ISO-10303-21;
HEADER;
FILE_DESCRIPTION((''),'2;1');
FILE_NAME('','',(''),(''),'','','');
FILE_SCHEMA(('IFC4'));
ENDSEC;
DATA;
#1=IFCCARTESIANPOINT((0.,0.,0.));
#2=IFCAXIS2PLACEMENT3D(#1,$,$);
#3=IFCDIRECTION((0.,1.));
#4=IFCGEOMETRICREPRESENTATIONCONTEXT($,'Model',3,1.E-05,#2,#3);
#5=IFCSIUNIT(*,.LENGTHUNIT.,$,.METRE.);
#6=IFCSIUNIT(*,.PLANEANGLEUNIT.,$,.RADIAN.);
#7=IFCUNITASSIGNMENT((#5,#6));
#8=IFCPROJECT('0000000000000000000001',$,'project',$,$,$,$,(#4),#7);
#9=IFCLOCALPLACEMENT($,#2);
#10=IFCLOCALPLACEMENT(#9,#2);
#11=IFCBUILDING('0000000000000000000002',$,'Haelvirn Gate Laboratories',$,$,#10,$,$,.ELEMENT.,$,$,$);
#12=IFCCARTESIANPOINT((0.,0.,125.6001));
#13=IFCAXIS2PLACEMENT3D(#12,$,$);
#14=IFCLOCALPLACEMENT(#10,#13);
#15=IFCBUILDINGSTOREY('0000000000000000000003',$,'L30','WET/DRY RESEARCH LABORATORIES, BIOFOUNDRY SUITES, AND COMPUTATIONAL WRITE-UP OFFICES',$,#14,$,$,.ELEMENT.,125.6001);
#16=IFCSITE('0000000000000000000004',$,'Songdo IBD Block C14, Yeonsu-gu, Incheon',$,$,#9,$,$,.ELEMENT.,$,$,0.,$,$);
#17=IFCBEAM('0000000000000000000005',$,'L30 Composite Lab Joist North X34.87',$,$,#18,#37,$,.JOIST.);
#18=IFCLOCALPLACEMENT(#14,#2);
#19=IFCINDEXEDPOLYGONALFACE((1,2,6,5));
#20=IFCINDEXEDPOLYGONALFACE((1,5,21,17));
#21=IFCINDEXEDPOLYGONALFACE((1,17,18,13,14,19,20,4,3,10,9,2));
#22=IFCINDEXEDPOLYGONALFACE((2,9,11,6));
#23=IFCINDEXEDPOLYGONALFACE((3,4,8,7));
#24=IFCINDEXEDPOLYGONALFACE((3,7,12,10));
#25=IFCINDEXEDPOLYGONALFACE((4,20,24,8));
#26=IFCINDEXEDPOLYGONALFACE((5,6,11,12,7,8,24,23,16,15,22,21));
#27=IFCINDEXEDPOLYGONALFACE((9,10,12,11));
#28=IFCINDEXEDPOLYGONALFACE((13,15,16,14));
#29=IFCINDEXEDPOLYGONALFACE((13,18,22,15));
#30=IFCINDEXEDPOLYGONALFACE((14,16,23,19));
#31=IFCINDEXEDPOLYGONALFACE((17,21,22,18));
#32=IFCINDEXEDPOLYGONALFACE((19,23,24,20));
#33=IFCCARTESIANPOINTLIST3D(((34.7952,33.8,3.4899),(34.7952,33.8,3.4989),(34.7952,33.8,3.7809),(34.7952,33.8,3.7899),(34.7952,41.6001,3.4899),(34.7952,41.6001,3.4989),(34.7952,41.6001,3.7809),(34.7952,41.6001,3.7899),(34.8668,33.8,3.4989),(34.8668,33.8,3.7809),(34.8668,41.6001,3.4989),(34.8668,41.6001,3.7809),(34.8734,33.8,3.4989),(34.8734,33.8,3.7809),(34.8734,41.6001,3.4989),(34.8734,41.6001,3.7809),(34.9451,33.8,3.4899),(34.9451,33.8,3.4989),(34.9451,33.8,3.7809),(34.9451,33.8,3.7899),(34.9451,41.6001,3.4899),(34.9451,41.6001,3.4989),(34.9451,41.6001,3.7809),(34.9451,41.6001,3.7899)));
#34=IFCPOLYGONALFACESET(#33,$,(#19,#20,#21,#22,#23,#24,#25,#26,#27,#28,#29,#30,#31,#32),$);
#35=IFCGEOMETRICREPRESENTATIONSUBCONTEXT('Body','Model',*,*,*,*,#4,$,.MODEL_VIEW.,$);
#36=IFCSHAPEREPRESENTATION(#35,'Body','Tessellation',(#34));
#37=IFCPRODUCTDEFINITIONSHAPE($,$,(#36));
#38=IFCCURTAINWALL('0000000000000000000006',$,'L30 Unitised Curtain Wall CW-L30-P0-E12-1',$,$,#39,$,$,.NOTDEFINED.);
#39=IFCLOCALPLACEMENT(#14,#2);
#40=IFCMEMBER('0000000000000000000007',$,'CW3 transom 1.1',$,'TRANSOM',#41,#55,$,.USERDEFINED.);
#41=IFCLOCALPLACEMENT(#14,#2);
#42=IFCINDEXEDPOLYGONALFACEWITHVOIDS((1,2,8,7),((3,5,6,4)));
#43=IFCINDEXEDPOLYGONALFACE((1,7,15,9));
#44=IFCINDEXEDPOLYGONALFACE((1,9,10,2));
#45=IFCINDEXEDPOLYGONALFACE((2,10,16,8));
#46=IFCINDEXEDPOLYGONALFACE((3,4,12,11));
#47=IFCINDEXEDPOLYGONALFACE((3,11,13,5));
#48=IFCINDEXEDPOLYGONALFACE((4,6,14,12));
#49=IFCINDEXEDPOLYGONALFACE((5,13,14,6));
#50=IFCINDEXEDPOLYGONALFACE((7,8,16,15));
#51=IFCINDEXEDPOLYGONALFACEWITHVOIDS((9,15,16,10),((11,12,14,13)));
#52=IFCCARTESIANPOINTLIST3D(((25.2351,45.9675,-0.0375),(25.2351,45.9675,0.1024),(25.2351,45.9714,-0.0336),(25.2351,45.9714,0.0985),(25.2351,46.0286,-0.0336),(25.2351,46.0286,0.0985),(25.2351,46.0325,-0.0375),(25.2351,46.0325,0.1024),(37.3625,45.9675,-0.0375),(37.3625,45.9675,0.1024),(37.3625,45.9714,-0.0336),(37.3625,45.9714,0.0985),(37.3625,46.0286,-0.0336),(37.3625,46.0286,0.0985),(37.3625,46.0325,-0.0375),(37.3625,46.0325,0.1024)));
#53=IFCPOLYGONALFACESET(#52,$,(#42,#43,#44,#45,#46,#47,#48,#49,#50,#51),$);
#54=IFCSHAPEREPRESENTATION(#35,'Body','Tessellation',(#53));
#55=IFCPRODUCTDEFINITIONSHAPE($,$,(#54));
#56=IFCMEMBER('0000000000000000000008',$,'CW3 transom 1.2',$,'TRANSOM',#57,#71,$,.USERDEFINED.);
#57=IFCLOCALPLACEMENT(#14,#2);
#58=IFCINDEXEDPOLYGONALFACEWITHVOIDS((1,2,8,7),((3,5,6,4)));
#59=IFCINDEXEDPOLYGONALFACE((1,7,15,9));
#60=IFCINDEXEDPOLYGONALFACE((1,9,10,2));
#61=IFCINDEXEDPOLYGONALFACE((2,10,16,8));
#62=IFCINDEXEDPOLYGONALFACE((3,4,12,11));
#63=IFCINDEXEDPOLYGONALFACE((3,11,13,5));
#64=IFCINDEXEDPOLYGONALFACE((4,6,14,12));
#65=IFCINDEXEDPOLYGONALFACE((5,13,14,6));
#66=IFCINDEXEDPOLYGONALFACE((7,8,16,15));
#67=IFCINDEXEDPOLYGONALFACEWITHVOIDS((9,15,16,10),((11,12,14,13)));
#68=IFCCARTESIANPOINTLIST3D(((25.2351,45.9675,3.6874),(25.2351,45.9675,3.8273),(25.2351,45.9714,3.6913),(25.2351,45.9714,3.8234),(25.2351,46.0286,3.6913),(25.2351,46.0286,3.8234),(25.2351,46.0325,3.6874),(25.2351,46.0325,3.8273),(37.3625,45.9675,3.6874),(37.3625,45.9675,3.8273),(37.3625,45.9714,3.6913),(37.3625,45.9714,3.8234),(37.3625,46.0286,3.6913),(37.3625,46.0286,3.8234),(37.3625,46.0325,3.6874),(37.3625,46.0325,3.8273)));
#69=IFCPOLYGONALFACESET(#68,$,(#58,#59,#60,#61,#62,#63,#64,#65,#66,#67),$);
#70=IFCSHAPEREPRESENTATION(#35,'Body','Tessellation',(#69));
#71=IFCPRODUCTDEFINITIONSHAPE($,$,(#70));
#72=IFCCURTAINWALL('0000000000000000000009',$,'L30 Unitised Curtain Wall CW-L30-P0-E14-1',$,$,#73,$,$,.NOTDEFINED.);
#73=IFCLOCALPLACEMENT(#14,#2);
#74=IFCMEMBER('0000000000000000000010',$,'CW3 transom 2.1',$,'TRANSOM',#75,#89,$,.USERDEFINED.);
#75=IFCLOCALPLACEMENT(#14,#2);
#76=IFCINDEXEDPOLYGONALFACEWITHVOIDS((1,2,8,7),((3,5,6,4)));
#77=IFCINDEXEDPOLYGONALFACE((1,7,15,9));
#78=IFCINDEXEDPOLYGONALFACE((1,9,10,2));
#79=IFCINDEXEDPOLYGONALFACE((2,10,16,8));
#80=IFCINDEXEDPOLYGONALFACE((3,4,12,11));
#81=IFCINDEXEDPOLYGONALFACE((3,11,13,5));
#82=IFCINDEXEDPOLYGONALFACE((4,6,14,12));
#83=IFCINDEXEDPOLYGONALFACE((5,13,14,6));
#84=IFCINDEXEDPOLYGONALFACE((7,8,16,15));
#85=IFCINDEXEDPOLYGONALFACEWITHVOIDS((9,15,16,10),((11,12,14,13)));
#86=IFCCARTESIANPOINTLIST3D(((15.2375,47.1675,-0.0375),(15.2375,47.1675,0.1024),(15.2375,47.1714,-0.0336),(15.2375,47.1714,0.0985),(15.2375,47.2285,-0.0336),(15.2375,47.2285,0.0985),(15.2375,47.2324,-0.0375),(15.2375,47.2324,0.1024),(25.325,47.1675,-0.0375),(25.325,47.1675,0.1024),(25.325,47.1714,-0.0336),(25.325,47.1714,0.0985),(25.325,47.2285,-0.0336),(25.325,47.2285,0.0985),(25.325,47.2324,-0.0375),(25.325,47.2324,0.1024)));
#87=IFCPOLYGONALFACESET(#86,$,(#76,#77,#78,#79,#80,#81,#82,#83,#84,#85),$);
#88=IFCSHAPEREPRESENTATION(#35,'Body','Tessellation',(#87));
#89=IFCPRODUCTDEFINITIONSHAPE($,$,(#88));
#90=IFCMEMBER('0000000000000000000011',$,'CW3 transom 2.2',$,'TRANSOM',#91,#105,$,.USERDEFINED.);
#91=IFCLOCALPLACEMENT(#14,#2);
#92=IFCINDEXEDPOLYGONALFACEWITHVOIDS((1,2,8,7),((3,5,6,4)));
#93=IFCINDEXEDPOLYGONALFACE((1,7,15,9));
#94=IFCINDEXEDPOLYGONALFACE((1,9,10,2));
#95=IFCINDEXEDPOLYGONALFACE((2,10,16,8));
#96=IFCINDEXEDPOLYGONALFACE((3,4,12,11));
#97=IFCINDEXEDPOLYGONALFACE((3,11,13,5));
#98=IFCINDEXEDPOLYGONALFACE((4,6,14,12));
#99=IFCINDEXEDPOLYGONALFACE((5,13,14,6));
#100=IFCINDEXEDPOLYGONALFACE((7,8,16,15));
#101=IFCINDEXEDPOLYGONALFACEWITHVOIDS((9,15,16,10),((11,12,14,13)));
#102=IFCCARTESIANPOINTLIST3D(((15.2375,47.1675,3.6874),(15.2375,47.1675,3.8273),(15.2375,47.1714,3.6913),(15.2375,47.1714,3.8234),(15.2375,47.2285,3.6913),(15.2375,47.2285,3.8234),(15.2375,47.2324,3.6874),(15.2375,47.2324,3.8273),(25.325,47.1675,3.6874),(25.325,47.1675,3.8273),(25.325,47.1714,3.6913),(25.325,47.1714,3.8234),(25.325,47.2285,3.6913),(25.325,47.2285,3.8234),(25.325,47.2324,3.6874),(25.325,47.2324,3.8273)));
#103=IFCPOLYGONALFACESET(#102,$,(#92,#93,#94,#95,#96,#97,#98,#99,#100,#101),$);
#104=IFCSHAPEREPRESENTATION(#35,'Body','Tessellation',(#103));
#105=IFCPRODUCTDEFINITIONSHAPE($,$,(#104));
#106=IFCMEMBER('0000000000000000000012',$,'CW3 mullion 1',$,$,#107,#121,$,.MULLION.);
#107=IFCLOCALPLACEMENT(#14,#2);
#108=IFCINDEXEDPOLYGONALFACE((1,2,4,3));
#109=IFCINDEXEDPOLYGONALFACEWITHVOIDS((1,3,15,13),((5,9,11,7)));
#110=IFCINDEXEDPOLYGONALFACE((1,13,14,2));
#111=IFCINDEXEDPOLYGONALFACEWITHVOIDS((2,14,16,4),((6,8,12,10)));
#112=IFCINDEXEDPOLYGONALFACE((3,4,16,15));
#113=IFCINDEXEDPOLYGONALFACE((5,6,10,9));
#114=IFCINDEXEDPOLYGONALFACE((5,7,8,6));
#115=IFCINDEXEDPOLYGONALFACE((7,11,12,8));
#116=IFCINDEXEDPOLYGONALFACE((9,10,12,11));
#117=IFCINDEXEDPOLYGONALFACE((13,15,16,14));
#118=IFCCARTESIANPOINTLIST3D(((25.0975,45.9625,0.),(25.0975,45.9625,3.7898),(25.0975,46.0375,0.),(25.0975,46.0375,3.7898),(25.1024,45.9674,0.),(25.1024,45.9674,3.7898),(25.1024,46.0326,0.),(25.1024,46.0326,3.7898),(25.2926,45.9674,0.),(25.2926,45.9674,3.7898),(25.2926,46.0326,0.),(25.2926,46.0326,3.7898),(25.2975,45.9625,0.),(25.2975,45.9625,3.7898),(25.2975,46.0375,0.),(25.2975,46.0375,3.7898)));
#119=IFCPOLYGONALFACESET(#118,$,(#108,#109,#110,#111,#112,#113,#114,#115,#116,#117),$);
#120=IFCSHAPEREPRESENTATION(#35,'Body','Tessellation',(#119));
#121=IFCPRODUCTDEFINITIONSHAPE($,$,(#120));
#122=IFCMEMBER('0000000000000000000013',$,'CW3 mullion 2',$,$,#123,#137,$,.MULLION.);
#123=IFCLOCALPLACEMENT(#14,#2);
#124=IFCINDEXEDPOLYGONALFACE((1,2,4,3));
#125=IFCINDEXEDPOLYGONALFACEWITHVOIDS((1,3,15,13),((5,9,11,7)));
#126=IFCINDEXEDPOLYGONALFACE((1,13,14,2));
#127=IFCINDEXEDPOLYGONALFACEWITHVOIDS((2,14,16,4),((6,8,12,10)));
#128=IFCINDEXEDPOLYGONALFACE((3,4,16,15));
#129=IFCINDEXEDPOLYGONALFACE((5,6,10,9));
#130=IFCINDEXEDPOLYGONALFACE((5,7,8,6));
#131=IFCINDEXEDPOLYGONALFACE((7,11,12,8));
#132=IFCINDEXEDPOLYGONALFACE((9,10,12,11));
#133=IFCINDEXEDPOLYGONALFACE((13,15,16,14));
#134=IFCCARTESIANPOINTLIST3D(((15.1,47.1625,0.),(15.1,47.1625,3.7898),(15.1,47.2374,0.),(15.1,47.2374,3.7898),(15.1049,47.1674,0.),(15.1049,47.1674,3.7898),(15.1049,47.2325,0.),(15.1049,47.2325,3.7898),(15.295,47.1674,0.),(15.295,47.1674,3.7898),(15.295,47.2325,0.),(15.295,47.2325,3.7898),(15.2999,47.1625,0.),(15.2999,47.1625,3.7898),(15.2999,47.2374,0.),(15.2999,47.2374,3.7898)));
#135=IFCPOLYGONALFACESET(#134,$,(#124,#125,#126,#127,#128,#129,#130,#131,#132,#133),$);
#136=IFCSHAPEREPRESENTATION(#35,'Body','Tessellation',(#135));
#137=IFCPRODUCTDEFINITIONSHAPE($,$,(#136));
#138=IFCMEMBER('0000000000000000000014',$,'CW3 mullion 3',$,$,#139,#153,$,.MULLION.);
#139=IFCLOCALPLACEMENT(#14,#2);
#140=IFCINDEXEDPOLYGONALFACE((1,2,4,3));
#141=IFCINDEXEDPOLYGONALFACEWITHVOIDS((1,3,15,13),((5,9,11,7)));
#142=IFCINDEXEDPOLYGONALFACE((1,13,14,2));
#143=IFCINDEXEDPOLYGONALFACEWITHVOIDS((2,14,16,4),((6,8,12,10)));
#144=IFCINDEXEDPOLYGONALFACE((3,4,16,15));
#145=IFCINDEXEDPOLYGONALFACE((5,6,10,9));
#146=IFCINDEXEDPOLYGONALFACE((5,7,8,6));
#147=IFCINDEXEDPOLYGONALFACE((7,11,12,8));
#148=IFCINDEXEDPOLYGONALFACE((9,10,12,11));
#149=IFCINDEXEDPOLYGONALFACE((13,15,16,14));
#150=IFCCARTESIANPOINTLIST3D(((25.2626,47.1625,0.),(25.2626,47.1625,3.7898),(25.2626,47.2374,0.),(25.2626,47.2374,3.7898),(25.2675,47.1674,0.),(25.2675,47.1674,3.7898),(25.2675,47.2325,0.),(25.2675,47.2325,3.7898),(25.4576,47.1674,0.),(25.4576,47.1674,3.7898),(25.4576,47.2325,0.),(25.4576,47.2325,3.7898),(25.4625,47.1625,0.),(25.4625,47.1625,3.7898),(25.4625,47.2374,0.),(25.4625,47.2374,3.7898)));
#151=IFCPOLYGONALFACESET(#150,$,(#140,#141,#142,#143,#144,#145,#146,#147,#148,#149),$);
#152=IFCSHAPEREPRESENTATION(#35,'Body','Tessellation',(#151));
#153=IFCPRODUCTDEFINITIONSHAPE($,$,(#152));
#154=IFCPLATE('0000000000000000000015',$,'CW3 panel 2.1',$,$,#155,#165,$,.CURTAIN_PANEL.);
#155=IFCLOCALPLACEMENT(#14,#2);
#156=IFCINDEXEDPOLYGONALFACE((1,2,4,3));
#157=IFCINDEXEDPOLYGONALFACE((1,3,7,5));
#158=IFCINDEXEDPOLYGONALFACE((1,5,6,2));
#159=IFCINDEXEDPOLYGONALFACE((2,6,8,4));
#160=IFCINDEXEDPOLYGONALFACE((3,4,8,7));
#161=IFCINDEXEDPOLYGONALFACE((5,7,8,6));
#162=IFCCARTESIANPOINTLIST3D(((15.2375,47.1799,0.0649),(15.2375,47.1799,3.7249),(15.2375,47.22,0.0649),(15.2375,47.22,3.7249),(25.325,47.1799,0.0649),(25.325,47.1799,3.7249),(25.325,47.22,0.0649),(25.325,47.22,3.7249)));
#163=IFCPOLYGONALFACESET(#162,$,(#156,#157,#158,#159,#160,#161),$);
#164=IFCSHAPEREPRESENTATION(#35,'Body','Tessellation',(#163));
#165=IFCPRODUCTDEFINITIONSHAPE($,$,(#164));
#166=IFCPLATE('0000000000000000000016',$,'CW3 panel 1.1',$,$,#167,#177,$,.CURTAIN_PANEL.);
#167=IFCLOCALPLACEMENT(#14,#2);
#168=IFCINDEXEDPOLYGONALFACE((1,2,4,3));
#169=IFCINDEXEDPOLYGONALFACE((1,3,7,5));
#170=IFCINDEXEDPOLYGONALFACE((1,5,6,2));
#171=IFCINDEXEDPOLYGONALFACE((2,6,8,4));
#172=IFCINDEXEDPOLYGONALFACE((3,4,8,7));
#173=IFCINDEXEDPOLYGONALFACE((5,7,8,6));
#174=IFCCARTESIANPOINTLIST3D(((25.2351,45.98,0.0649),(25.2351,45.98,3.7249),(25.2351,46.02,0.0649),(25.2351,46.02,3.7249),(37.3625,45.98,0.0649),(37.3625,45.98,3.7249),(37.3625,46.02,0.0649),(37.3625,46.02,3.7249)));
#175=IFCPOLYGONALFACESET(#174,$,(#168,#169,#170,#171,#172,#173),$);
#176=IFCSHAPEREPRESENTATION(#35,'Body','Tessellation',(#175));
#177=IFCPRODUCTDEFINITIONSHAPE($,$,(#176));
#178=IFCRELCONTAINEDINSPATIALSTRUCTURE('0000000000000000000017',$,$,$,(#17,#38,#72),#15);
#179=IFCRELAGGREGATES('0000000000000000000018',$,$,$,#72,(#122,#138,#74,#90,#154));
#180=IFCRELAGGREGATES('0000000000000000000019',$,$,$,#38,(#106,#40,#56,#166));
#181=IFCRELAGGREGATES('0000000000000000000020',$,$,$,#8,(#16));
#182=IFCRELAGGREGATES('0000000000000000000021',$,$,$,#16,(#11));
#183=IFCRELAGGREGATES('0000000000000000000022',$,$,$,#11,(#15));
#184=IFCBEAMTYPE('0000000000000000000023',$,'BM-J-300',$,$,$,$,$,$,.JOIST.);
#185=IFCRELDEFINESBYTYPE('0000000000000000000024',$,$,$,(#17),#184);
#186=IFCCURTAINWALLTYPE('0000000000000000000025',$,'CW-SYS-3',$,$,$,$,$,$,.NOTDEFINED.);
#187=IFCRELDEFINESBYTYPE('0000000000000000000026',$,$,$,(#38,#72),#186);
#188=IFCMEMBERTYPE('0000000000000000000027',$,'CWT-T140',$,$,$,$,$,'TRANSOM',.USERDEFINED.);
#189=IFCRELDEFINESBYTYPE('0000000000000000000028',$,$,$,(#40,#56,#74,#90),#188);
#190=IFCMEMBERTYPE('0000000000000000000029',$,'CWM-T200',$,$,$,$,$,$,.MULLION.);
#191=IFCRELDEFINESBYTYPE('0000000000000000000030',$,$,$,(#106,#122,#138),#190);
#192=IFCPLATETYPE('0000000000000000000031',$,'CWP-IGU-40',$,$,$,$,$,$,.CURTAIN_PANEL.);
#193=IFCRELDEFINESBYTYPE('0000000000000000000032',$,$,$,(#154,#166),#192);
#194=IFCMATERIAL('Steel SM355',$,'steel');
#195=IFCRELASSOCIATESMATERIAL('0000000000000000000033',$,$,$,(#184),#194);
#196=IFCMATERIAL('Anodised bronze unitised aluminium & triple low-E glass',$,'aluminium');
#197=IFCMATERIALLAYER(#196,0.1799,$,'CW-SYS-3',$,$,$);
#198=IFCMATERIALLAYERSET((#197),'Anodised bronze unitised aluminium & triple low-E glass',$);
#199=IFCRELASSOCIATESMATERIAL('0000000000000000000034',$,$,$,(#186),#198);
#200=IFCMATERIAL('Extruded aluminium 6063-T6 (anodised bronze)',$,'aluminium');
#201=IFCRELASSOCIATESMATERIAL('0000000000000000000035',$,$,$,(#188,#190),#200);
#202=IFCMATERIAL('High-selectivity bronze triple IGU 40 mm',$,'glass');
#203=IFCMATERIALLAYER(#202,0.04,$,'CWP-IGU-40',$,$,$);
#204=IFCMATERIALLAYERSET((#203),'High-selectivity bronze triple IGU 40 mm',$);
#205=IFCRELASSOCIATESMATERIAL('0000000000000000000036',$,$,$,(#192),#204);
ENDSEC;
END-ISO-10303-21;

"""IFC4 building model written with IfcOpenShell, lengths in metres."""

from ifc_helpers import new_model, si_unit, direction, frame, origin, origin_2d, place, context, subcontext, project, spatial, rectangle, hollow_rectangle, i_section, extrude, source, transform, mapped, material, layer, layer_set, material_profile, profile_set, type_object, type_shapes, element, aggregate, save


model = new_model("IFC4")

# Units and contexts
model_context = context("Model", 3, precision=1e-05, world=origin(), true_north=direction((0.0, 1.0)))
body_context = subcontext(model_context, "Body", "Model", "MODEL_VIEW")
ifc_project = project(units=[si_unit("LENGTHUNIT", "METRE"), si_unit("PLANEANGLEUNIT", "RADIAN")], contexts=[model_context])

# Site, building, storey
site_placement = place(None, origin())
site = spatial("IfcSite", under=ifc_project, at=site_placement, Name="Songdo IBD Block C14, Yeonsu-gu, Incheon", CompositionType="ELEMENT", RefElevation=0.0)
building_placement = place(site_placement, origin())
building = spatial("IfcBuilding", under=site, at=building_placement, Name="Haelvirn Gate Laboratories", CompositionType="ELEMENT")
storey_placement = place(building_placement, frame((0.0, 0.0, 125.6001)))
storey = spatial("IfcBuildingStorey", under=building, at=storey_placement, Name="L30", Description="WET/DRY RESEARCH LABORATORIES, BIOFOUNDRY SUITES, AND COMPUTATIONAL WRITE-UP OFFICES", CompositionType="ELEMENT", Elevation=125.6001)

# Shared definitions
ifc_material_1 = material(Name="Steel SM355", Category="steel")

# Beam
ifc_material_profile_1 = material_profile(ifc_material_1, i_section(OverallWidth=0.1499, OverallDepth=0.3, WebThickness=0.0066, FlangeThickness=0.009, at=origin_2d()), Name="H-300x150x6.5x9")
ifc_profile_set_1 = profile_set([ifc_material_profile_1], Name="Steel SM355")
beam_type_1 = type_object("IfcBeamType", Name="BM-J-300", PredefinedType="JOIST", material=ifc_profile_set_1)
shared_shape_1 = source(origin(), body_context, "Body", "SweptSolid", [
    extrude(i_section(OverallWidth=0.1499, OverallDepth=0.3, WebThickness=0.0066, FlangeThickness=0.009, at=origin_2d()), origin(), (0.0, 0.0, 1.0), 7.8),
])
type_shapes(beam_type_1, [shared_shape_1])
for number, where, z_axis, x_axis, name in (
    (1, (34.8701, 33.8, 3.6399), (0.0, 1.0, 0.0), (-1.0, 0.0, 0.0), "L30 Composite Lab Joist North X34.87"),
):
    element("IfcBeam", number, at=place(storey_placement, frame(where, z_axis=z_axis, x_axis=x_axis)), inside=storey, type_object=beam_type_1, Name=name, PredefinedType="JOIST", context=body_context, shape_type="MappedRepresentation", body=[
        mapped(shared_shape_1, transform((0.0, 0.0, 0.0), scale=1.0)),
    ])

# Curtain walls, members
ifc_material_2 = material(Name="Anodised bronze unitised aluminium & triple low-E glass", Category="aluminium")
ifc_layer_1 = layer(ifc_material_2, 0.1799, Name="CW-SYS-3")
ifc_layer_set_1 = layer_set([ifc_layer_1], Name="Anodised bronze unitised aluminium & triple low-E glass")
curtain_wall_type = type_object("IfcCurtainWallType", Name="CW-SYS-3", PredefinedType="NOTDEFINED", material=ifc_layer_set_1)
curtain_wall_1_placement = place(storey_placement, origin())
curtain_wall_1 = element("IfcCurtainWall", 2, at=curtain_wall_1_placement, inside=storey, type_object=curtain_wall_type, Name="L30 Unitised Curtain Wall CW-L30-P0-E12-1", PredefinedType="NOTDEFINED")
ifc_material_3 = material(Name="Extruded aluminium 6063-T6 (anodised bronze)", Category="aluminium")
ifc_material_profile_2 = material_profile(ifc_material_3, hollow_rectangle(XDim=0.0649, YDim=0.1399, WallThickness=0.0039, at=origin_2d()), Name="CWT-140x65x4")
ifc_profile_set_2 = profile_set([ifc_material_profile_2], Name="Extruded aluminium 6063-T6 (anodised bronze)")
member_type_1 = type_object("IfcMemberType", Name="CWT-T140", ElementType="TRANSOM", PredefinedType="USERDEFINED", material=ifc_profile_set_2)
shared_shape_2 = source(origin(), body_context, "Body", "SweptSolid", [
    extrude(hollow_rectangle(XDim=0.0649, YDim=0.1399, WallThickness=0.0039, at=origin_2d()), origin(), (0.0, 0.0, 1.0), 12.1274),
])
member_1_placement = place(storey_placement, frame((25.2351, 46.0, 0.0325), z_axis=(1.0, 0.0, 0.0), x_axis=(0.0, 1.0, 0.0)))
member_1 = element("IfcMember", 3, at=member_1_placement, type_object=member_type_1, Name="CW3 transom 1.1", ObjectType="TRANSOM", PredefinedType="USERDEFINED", context=body_context, shape_type="MappedRepresentation", body=[
    mapped(shared_shape_2, transform((0.0, 0.0, 0.0), scale=1.0)),
])
member_2_placement = place(storey_placement, frame((25.2351, 46.0, 3.7573), z_axis=(1.0, 0.0, 0.0), x_axis=(0.0, 1.0, 0.0)))
member_2 = element("IfcMember", 4, at=member_2_placement, type_object=member_type_1, Name="CW3 transom 1.2", ObjectType="TRANSOM", PredefinedType="USERDEFINED", context=body_context, shape_type="MappedRepresentation", body=[
    mapped(shared_shape_2, transform((0.0, 0.0, 0.0), scale=1.0)),
])
curtain_wall_2_placement = place(storey_placement, origin())
curtain_wall_2 = element("IfcCurtainWall", 5, at=curtain_wall_2_placement, inside=storey, type_object=curtain_wall_type, Name="L30 Unitised Curtain Wall CW-L30-P0-E14-1", PredefinedType="NOTDEFINED")
shared_shape_3 = source(origin(), body_context, "Body", "SweptSolid", [
    extrude(hollow_rectangle(XDim=0.0649, YDim=0.1399, WallThickness=0.0039, at=origin_2d()), origin(), (0.0, 0.0, 1.0), 10.0874),
])
type_shapes(member_type_1, [shared_shape_2, shared_shape_3])
member_3_placement = place(storey_placement, frame((15.2375, 47.2, 0.0325), z_axis=(1.0, 0.0, 0.0), x_axis=(0.0, 1.0, 0.0)))
member_3 = element("IfcMember", 6, at=member_3_placement, type_object=member_type_1, Name="CW3 transom 2.1", ObjectType="TRANSOM", PredefinedType="USERDEFINED", context=body_context, shape_type="MappedRepresentation", body=[
    mapped(shared_shape_3, transform((0.0, 0.0, 0.0), scale=1.0)),
])
member_4_placement = place(storey_placement, frame((15.2375, 47.2, 3.7573), z_axis=(1.0, 0.0, 0.0), x_axis=(0.0, 1.0, 0.0)))
member_4 = element("IfcMember", 7, at=member_4_placement, type_object=member_type_1, Name="CW3 transom 2.2", ObjectType="TRANSOM", PredefinedType="USERDEFINED", context=body_context, shape_type="MappedRepresentation", body=[
    mapped(shared_shape_3, transform((0.0, 0.0, 0.0), scale=1.0)),
])

# Members
ifc_material_profile_3 = material_profile(ifc_material_3, hollow_rectangle(XDim=0.075, YDim=0.2, WallThickness=0.0049, at=origin_2d()), Name="CWM-200x75x5")
ifc_profile_set_3 = profile_set([ifc_material_profile_3], Name="Extruded aluminium 6063-T6 (anodised bronze)")
member_type_2 = type_object("IfcMemberType", Name="CWM-T200", PredefinedType="MULLION", material=ifc_profile_set_3)
shared_shape_4 = source(origin(), body_context, "Body", "SweptSolid", [
    extrude(hollow_rectangle(XDim=0.075, YDim=0.2, WallThickness=0.0049, at=origin_2d()), origin(), (0.0, 0.0, 1.0), 3.7898),
])
type_shapes(member_type_2, [shared_shape_4])
member_5_placement = place(storey_placement, frame((25.1975, 46.0, 0.0), z_axis=(0.0, 0.0, 1.0), x_axis=(0.0, 1.0, 0.0)))
member_5 = element("IfcMember", 8, at=member_5_placement, type_object=member_type_2, Name="CW3 mullion 1", PredefinedType="MULLION", context=body_context, shape_type="MappedRepresentation", body=[
    mapped(shared_shape_4, transform((0.0, 0.0, 0.0), scale=1.0)),
])
member_6_placement = place(storey_placement, frame((15.2, 47.2, 0.0), z_axis=(0.0, 0.0, 1.0), x_axis=(0.0, 1.0, 0.0)))
member_6 = element("IfcMember", 9, at=member_6_placement, type_object=member_type_2, Name="CW3 mullion 2", PredefinedType="MULLION", context=body_context, shape_type="MappedRepresentation", body=[
    mapped(shared_shape_4, transform((0.0, 0.0, 0.0), scale=1.0)),
])
member_7_placement = place(storey_placement, frame((25.3625, 47.2, 0.0), z_axis=(0.0, 0.0, 1.0), x_axis=(0.0, 1.0, 0.0)))
member_7 = element("IfcMember", 10, at=member_7_placement, type_object=member_type_2, Name="CW3 mullion 3", PredefinedType="MULLION", context=body_context, shape_type="MappedRepresentation", body=[
    mapped(shared_shape_4, transform((0.0, 0.0, 0.0), scale=1.0)),
])

# Plates
ifc_material_4 = material(Name="High-selectivity bronze triple IGU 40 mm", Category="glass")
ifc_layer_2 = layer(ifc_material_4, 0.04, Name="CWP-IGU-40")
ifc_layer_set_2 = layer_set([ifc_layer_2], Name="High-selectivity bronze triple IGU 40 mm")
plate_type = type_object("IfcPlateType", Name="CWP-IGU-40", PredefinedType="CURTAIN_PANEL", material=ifc_layer_set_2)
shared_shape_5 = source(origin(), body_context, "Body", "SweptSolid", [
    extrude(rectangle(XDim=10.0874, YDim=0.04, at=origin_2d()), origin(), (0.0, 0.0, 1.0), 3.6599),
])
plate_1_placement = place(storey_placement, frame((20.2812, 47.2, 0.0649), z_axis=(0.0, 0.0, 1.0), x_axis=(1.0, 0.0, 0.0)))
plate_1 = element("IfcPlate", 11, at=plate_1_placement, type_object=plate_type, Name="CW3 panel 2.1", PredefinedType="CURTAIN_PANEL", context=body_context, shape_type="MappedRepresentation", body=[
    mapped(shared_shape_5, transform((0.0, 0.0, 0.0), scale=1.0)),
])
aggregate(curtain_wall_2, [member_6, member_7, member_3, member_4, plate_1])
shared_shape_6 = source(origin(), body_context, "Body", "SweptSolid", [
    extrude(rectangle(XDim=12.1274, YDim=0.04, at=origin_2d()), origin(), (0.0, 0.0, 1.0), 3.6599),
])
type_shapes(plate_type, [shared_shape_5, shared_shape_6])
plate_2_placement = place(storey_placement, frame((31.2988, 46.0, 0.0649), z_axis=(0.0, 0.0, 1.0), x_axis=(1.0, 0.0, 0.0)))
plate_2 = element("IfcPlate", 12, at=plate_2_placement, type_object=plate_type, Name="CW3 panel 1.1", PredefinedType="CURTAIN_PANEL", context=body_context, shape_type="MappedRepresentation", body=[
    mapped(shared_shape_6, transform((0.0, 0.0, 0.0), scale=1.0)),
])
aggregate(curtain_wall_1, [member_5, member_1, member_2, plate_2])

save(model, "model.ifc")
